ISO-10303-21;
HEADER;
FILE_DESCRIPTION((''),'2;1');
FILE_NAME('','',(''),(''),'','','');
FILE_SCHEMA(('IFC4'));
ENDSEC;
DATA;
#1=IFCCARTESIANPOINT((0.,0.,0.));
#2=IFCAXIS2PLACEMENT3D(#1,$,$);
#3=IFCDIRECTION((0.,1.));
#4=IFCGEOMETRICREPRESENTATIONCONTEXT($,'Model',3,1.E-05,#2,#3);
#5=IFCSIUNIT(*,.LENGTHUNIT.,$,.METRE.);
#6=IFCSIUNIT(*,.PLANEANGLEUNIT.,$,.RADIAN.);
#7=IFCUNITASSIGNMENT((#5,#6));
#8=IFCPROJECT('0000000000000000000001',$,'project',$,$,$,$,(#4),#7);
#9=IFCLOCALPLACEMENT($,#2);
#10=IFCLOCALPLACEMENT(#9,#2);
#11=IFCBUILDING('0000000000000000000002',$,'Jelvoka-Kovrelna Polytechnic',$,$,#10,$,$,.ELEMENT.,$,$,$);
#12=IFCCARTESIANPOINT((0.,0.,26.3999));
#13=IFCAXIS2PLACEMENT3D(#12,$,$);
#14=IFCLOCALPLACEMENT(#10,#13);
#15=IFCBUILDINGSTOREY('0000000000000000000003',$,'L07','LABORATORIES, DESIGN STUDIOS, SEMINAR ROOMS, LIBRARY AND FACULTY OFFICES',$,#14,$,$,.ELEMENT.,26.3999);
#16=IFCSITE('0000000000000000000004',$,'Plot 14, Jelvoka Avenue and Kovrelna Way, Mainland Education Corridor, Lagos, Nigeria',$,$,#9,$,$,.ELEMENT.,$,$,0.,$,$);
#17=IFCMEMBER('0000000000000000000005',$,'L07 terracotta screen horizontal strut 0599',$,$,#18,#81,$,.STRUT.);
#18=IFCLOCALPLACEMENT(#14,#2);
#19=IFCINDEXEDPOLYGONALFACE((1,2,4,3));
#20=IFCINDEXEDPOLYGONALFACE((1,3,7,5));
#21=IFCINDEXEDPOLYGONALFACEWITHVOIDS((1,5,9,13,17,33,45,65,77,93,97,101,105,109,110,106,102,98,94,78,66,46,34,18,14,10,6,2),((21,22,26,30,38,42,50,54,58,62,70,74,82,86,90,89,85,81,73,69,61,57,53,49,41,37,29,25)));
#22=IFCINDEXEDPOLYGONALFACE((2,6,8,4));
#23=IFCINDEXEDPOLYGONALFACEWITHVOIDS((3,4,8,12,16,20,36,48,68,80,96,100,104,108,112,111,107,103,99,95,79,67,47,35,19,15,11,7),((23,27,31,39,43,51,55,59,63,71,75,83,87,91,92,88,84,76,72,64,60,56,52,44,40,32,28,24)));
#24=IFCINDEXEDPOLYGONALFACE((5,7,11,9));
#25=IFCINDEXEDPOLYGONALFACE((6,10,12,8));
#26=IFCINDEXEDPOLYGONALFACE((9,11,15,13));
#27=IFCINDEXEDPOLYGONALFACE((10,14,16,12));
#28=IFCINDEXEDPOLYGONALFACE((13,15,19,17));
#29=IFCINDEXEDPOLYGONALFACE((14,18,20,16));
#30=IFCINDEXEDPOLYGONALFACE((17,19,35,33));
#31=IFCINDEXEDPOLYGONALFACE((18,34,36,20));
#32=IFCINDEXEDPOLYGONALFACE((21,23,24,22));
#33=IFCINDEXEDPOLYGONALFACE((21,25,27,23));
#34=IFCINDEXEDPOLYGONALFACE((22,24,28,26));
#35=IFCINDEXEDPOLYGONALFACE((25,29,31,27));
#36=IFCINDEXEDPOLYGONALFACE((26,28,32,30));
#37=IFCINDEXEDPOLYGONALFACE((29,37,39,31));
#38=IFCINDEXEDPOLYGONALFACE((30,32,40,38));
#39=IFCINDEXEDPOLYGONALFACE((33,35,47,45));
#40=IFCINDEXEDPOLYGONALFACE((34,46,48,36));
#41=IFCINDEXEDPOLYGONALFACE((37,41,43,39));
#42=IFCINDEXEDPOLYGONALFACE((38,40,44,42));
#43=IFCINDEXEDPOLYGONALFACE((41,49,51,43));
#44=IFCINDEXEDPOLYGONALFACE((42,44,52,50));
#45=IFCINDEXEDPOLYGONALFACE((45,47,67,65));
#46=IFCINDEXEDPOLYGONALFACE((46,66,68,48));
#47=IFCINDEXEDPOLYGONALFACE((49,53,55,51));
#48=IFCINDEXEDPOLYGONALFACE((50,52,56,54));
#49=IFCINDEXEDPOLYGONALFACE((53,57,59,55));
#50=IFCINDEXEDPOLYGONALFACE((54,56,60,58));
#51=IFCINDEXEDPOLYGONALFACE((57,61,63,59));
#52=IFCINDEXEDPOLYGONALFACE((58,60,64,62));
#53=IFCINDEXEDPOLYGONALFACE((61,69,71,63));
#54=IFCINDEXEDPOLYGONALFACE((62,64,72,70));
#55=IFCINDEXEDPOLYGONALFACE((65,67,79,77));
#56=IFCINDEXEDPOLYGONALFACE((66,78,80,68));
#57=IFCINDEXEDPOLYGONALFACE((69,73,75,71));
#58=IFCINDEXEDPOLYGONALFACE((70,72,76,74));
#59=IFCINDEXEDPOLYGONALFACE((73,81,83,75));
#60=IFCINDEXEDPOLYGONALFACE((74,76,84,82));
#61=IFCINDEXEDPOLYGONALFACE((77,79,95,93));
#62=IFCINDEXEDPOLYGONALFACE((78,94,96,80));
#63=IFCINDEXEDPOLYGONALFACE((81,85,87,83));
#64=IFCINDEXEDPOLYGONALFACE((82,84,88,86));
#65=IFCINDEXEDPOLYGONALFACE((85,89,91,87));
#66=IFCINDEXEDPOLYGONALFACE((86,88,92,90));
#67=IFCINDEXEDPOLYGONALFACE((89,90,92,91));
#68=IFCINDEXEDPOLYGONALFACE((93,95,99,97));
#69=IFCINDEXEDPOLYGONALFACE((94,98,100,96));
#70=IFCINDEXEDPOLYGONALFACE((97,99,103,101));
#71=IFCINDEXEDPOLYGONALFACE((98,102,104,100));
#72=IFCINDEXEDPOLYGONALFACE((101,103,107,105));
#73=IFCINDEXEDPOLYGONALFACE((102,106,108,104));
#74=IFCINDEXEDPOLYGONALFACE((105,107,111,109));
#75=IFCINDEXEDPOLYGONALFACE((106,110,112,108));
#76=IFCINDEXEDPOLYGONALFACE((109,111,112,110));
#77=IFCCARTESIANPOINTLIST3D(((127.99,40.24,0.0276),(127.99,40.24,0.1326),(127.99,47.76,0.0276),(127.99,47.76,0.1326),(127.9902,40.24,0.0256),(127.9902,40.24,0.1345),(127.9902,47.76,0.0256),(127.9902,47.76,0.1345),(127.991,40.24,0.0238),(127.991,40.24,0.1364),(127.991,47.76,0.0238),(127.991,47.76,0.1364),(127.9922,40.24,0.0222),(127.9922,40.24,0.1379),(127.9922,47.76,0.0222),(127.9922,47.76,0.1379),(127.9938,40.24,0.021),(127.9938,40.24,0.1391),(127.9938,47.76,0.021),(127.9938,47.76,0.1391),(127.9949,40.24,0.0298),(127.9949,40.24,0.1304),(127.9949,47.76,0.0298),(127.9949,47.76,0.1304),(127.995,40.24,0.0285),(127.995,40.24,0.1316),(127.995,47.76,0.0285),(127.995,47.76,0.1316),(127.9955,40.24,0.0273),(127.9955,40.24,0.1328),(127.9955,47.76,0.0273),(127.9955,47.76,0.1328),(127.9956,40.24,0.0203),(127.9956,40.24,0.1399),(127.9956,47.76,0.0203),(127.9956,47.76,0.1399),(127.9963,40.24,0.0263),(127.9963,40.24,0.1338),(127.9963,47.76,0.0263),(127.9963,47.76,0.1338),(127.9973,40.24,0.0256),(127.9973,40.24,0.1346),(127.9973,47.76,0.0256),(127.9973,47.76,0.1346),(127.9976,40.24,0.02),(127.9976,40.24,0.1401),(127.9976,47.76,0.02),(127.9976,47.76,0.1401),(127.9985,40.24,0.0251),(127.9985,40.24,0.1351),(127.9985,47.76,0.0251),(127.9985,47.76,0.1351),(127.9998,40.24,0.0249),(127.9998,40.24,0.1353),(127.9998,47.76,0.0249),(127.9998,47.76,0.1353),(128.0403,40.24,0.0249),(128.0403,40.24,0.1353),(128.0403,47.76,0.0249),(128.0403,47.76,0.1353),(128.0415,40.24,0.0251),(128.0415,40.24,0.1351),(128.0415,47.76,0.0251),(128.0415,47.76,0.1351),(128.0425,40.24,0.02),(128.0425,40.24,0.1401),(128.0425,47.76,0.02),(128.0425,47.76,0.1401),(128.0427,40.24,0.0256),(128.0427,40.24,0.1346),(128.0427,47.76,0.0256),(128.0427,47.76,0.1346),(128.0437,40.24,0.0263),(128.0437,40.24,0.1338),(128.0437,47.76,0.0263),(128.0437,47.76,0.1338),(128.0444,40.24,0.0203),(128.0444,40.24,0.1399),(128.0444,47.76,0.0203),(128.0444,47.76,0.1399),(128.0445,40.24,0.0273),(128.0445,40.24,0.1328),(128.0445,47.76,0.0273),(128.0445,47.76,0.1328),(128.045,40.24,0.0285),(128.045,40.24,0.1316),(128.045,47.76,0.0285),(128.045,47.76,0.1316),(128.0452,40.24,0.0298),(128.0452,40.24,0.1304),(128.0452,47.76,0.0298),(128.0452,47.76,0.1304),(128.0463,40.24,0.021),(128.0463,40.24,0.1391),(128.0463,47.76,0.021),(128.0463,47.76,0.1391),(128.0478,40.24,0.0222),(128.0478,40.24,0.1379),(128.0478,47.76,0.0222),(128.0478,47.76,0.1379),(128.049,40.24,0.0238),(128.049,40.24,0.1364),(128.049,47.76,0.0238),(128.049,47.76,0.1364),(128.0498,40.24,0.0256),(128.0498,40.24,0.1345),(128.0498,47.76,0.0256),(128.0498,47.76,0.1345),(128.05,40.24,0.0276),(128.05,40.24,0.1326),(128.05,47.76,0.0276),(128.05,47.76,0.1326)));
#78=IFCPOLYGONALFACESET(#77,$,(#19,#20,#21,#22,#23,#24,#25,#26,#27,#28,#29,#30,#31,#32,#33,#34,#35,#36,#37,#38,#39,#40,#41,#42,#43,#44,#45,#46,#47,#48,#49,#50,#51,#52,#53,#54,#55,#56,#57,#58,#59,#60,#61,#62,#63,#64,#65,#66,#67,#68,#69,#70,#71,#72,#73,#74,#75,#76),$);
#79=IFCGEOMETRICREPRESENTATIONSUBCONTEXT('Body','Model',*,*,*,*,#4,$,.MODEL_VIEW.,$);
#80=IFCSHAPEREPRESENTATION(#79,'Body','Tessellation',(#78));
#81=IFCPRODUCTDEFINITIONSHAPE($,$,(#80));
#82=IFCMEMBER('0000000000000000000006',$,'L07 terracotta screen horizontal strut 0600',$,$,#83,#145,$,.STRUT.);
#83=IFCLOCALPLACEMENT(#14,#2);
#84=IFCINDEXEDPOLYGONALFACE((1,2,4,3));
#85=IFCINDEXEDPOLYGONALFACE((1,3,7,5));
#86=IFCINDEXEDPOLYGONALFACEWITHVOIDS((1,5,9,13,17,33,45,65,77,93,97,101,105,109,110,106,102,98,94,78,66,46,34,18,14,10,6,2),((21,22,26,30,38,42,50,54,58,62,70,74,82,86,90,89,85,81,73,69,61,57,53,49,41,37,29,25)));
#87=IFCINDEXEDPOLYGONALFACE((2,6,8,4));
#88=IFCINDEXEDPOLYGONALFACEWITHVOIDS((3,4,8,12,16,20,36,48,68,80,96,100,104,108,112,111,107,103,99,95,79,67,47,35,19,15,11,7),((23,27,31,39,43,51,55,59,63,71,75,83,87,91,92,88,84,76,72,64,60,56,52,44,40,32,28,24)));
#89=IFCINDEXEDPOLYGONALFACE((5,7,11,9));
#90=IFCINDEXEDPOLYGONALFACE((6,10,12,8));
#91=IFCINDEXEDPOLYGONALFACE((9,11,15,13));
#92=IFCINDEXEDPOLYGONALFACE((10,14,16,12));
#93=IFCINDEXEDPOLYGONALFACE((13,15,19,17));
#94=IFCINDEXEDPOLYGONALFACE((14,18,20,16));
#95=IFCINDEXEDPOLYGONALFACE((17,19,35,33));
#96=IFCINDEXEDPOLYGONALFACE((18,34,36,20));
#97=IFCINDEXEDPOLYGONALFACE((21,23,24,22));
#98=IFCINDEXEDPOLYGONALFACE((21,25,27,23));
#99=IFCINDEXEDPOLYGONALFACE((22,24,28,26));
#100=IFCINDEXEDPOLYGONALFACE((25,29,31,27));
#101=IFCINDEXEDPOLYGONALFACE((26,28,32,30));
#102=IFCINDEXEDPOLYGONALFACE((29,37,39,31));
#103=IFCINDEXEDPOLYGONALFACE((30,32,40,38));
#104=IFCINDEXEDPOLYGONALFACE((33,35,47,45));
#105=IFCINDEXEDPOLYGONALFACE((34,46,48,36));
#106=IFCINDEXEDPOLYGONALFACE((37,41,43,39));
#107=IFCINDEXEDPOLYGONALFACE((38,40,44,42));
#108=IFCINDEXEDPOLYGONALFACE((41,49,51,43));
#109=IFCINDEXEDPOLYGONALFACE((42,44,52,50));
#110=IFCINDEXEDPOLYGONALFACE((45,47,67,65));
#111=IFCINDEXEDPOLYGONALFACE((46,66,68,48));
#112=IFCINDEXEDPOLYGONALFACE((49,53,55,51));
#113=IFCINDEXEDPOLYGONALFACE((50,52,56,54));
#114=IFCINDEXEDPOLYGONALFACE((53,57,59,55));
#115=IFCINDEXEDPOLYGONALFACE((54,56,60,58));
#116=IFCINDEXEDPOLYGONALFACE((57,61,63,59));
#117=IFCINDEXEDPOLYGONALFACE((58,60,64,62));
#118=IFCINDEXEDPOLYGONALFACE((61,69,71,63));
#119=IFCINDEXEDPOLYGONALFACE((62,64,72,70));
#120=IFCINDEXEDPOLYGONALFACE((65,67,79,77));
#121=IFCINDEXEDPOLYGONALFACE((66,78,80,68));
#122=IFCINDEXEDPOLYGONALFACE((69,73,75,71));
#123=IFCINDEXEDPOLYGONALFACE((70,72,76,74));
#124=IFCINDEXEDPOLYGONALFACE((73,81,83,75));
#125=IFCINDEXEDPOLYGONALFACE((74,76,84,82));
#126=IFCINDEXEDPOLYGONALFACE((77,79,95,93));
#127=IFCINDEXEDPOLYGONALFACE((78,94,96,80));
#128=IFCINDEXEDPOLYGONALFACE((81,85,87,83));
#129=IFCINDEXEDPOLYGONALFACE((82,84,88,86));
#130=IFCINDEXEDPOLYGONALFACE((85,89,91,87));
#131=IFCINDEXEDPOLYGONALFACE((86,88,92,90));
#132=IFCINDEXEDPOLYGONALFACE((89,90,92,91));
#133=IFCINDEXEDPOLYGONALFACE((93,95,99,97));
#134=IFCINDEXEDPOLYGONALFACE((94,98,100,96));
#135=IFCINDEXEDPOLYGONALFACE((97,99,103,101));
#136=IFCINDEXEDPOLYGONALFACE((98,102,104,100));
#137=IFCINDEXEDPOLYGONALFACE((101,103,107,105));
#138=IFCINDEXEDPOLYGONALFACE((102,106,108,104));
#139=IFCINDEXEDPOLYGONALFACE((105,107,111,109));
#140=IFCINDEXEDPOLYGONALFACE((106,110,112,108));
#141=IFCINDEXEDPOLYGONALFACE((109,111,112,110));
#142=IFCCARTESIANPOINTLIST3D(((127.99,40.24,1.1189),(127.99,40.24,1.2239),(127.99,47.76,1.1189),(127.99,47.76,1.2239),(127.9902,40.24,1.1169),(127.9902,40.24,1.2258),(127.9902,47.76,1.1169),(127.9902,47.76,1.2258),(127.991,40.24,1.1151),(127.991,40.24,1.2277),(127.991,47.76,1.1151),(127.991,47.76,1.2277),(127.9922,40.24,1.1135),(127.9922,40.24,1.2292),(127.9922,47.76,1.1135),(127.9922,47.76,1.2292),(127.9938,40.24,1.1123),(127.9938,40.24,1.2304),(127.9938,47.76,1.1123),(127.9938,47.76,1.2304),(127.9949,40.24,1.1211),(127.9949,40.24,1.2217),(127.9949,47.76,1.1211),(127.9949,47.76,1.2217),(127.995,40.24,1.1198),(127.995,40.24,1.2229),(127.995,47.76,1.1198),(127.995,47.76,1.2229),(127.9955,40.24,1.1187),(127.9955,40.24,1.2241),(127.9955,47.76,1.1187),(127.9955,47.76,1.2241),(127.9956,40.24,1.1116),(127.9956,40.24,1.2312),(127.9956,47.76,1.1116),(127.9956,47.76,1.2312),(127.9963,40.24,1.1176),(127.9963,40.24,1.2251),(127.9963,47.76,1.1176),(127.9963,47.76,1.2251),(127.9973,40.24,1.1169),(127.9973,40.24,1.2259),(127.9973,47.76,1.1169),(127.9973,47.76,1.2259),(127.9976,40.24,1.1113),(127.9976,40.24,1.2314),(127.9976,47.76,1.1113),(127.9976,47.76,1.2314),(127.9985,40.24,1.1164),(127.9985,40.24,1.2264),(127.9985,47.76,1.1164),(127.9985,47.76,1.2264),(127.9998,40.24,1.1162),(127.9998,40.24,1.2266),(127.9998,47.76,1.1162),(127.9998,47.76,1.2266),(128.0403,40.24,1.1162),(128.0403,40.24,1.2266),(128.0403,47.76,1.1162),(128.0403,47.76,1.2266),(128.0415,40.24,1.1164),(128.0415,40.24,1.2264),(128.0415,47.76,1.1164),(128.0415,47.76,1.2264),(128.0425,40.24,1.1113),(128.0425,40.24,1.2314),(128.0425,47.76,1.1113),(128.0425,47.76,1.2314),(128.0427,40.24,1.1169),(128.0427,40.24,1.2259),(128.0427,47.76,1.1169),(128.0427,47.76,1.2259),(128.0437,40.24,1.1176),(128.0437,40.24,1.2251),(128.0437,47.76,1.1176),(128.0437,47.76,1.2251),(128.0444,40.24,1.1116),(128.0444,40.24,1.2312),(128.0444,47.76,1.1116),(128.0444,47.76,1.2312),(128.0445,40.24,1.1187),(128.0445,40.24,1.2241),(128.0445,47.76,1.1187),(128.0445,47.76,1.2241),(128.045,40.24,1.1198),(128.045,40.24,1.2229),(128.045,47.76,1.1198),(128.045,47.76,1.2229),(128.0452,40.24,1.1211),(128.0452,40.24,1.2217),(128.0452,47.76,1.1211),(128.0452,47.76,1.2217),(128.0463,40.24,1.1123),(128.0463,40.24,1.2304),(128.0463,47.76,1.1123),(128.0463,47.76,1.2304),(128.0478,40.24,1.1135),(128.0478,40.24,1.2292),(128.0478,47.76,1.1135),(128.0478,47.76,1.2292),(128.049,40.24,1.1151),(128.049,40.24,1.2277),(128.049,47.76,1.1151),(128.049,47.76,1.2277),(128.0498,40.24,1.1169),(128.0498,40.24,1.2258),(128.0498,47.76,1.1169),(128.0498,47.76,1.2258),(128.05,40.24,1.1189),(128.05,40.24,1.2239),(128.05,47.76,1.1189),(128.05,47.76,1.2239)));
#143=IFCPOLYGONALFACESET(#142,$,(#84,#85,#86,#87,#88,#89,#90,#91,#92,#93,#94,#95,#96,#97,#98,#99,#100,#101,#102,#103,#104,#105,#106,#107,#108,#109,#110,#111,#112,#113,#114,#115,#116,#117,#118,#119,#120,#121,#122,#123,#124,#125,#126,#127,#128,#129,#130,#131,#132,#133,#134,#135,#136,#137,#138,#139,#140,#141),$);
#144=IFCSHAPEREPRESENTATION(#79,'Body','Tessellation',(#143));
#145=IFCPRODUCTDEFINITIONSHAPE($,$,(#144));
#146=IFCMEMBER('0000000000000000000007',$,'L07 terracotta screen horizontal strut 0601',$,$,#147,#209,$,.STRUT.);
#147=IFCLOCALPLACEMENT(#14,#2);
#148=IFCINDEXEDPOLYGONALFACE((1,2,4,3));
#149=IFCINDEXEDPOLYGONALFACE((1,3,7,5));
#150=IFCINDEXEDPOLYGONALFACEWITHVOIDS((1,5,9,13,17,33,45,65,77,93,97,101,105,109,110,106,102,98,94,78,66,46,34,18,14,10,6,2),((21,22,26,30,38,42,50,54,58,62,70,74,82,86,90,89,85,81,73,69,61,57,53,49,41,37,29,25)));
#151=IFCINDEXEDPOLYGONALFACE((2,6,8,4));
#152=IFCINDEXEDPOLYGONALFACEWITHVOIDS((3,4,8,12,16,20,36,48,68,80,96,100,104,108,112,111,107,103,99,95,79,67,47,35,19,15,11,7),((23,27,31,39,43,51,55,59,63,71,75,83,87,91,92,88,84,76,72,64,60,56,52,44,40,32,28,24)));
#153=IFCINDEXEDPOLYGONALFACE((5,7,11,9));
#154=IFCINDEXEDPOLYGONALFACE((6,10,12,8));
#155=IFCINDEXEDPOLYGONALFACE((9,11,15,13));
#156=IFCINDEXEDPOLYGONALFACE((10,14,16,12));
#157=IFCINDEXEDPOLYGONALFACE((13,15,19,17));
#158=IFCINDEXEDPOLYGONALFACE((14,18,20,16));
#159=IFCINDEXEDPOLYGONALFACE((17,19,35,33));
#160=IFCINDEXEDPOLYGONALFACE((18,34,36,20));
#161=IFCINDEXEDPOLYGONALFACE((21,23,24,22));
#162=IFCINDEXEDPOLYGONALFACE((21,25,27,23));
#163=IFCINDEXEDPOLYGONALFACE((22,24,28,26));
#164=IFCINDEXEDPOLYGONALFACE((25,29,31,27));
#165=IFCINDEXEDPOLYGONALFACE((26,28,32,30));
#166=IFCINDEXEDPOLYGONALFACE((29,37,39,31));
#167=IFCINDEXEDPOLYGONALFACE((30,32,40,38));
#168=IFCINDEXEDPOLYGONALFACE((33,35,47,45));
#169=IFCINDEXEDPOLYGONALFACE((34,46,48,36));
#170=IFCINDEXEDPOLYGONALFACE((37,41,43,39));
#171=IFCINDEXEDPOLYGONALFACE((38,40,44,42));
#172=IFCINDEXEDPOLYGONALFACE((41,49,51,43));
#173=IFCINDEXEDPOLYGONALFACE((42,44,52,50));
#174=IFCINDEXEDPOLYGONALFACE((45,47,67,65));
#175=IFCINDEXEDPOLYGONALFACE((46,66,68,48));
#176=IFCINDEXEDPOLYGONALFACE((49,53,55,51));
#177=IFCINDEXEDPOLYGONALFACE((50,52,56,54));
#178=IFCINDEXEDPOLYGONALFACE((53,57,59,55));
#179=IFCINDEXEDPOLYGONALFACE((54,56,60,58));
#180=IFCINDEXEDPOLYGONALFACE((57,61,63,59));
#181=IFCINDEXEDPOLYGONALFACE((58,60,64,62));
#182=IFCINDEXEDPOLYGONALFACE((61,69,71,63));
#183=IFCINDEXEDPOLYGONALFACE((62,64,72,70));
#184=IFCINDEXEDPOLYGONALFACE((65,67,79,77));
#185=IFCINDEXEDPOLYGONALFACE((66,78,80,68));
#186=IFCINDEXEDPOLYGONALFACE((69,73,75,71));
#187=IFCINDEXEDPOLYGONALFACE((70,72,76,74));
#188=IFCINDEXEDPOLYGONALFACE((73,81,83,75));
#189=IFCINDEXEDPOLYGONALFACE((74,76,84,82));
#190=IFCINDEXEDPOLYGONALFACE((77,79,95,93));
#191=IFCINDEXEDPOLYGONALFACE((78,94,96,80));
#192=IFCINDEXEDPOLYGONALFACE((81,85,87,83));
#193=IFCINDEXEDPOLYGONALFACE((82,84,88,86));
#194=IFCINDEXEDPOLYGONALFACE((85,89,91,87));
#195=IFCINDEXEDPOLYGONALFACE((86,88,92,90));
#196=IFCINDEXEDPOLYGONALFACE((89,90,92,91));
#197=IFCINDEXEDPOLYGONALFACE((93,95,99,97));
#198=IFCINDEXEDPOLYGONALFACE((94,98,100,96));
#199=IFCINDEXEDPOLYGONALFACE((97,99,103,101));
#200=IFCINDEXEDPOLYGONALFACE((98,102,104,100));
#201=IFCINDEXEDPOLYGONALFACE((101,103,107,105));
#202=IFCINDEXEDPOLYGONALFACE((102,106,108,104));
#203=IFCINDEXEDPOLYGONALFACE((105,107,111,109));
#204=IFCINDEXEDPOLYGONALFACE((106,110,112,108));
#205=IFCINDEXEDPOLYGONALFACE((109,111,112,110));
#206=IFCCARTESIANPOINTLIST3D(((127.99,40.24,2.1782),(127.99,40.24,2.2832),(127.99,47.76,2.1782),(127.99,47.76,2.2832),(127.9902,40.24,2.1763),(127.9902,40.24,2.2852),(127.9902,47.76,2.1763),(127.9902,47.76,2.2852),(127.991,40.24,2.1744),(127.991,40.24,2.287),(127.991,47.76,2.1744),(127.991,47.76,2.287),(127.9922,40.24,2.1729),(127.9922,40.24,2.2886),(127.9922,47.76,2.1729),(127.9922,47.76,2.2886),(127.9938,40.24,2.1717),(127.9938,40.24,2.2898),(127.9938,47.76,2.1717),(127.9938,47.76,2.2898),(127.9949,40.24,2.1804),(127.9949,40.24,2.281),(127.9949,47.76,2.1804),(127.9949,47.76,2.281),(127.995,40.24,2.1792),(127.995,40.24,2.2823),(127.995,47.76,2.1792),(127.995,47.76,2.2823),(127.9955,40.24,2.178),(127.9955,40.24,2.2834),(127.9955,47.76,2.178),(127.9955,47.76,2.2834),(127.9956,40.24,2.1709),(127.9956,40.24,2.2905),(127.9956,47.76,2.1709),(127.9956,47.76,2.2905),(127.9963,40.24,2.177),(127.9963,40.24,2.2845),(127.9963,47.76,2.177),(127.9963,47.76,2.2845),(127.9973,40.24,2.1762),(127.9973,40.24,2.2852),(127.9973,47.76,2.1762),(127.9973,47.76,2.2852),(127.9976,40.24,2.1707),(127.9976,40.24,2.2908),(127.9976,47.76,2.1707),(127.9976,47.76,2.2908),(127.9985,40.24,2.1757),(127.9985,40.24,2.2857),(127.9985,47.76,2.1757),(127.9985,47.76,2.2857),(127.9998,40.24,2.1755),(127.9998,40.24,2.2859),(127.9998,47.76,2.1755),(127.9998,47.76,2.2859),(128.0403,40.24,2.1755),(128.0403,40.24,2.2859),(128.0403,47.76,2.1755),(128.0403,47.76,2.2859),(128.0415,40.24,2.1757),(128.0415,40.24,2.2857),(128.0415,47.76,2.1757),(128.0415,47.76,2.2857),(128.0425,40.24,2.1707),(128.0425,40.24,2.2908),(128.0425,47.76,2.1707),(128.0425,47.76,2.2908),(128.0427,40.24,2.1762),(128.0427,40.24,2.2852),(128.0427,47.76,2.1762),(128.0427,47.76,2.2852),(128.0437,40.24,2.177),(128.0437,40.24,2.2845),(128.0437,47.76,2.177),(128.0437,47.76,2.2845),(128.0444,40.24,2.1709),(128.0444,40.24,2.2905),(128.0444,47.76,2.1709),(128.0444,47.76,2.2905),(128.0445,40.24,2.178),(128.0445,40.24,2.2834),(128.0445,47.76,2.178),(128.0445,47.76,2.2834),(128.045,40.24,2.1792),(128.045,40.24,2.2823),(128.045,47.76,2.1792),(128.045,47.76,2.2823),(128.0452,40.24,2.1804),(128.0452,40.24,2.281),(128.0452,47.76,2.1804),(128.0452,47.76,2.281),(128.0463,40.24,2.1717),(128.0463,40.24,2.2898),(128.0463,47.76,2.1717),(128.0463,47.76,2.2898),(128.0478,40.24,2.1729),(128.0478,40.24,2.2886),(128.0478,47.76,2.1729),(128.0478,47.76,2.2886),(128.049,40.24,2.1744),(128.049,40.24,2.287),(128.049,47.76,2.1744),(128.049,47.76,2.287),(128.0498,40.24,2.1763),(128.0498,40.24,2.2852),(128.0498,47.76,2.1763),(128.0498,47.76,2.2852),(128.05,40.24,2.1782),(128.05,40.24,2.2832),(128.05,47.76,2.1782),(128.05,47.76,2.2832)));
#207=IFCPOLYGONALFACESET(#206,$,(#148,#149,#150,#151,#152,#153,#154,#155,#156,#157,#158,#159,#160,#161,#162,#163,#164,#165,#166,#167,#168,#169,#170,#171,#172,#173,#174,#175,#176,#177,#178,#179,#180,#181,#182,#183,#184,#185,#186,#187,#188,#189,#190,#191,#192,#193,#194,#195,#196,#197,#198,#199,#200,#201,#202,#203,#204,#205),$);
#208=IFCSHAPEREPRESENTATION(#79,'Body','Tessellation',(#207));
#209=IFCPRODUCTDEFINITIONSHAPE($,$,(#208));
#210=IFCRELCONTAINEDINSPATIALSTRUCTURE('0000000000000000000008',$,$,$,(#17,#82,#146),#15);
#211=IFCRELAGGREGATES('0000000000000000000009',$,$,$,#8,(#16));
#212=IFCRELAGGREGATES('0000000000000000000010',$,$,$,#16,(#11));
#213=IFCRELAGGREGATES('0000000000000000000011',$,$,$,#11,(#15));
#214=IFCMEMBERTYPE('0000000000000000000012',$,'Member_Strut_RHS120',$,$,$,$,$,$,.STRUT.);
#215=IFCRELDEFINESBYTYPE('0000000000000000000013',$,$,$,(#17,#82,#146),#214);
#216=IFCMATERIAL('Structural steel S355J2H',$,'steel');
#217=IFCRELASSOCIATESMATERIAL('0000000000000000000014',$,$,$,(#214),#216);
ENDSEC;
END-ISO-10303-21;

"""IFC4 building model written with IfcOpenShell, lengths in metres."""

from ifc_helpers import new_model, si_unit, direction, frame, origin, origin_2d, place, context, subcontext, project, spatial, hollow_rectangle, extrude, material, material_profile, profile_set, type_object, element, save


model = new_model("IFC4")

# Units and contexts
model_context = context("Model", 3, precision=1e-05, world=origin(), true_north=direction((0.0, 1.0)))
body_context = subcontext(model_context, "Body", "Model", "MODEL_VIEW")
ifc_project = project(units=[si_unit("LENGTHUNIT", "METRE"), si_unit("PLANEANGLEUNIT", "RADIAN")], contexts=[model_context])

# Site, building, storey
site_placement = place(None, origin())
site = spatial("IfcSite", under=ifc_project, at=site_placement, Name="Plot 14, Jelvoka Avenue and Kovrelna Way, Mainland Education Corridor, Lagos, Nigeria", CompositionType="ELEMENT", RefElevation=0.0)
building_placement = place(site_placement, origin())
building = spatial("IfcBuilding", under=site, at=building_placement, Name="Jelvoka-Kovrelna Polytechnic", CompositionType="ELEMENT")
storey_placement = place(building_placement, frame((0.0, 0.0, 26.3999)))
storey = spatial("IfcBuildingStorey", under=building, at=storey_placement, Name="L07", Description="LABORATORIES, DESIGN STUDIOS, SEMINAR ROOMS, LIBRARY AND FACULTY OFFICES", CompositionType="ELEMENT", Elevation=26.3999)

# Members
ifc_material_1 = material(Name="Structural steel S355J2H", Category="steel")
ifc_material_profile_1 = material_profile(ifc_material_1, hollow_rectangle(XDim=0.0601, YDim=0.1201, WallThickness=0.0049, InnerFilletRadius=0.0049, OuterFilletRadius=0.0076, at=origin_2d()), Name="120x60x5.0 RHS")
ifc_profile_set_1 = profile_set([ifc_material_profile_1], Name="Structural steel S355J2H")
member_type_1 = type_object("IfcMemberType", Name="Member_Strut_RHS120", PredefinedType="STRUT", material=ifc_profile_set_1)
for number, where, z_axis, x_axis, name in (
    (1, (128.02, 40.24, 0.0801), (0.0, 1.0, 0.0), (-1.0, 0.0, 0.0), "L07 terracotta screen horizontal strut 0599"),
    (2, (128.02, 40.24, 1.1714), (0.0, 1.0, 0.0), (-1.0, 0.0, 0.0), "L07 terracotta screen horizontal strut 0600"),
    (3, (128.02, 40.24, 2.2307), (0.0, 1.0, 0.0), (-1.0, 0.0, 0.0), "L07 terracotta screen horizontal strut 0601"),
):
    element("IfcMember", number, at=place(storey_placement, frame(where, z_axis=z_axis, x_axis=x_axis)), inside=storey, type_object=member_type_1, Name=name, PredefinedType="STRUT", context=body_context, shape_type="SweptSolid", body=[
        extrude(hollow_rectangle(XDim=0.0601, YDim=0.1201, WallThickness=0.0049, InnerFilletRadius=0.0049, OuterFilletRadius=0.0076, at=origin_2d()), origin(), (0.0, 0.0, 1.0), 7.52),
    ])

save(model, "model.ifc")
